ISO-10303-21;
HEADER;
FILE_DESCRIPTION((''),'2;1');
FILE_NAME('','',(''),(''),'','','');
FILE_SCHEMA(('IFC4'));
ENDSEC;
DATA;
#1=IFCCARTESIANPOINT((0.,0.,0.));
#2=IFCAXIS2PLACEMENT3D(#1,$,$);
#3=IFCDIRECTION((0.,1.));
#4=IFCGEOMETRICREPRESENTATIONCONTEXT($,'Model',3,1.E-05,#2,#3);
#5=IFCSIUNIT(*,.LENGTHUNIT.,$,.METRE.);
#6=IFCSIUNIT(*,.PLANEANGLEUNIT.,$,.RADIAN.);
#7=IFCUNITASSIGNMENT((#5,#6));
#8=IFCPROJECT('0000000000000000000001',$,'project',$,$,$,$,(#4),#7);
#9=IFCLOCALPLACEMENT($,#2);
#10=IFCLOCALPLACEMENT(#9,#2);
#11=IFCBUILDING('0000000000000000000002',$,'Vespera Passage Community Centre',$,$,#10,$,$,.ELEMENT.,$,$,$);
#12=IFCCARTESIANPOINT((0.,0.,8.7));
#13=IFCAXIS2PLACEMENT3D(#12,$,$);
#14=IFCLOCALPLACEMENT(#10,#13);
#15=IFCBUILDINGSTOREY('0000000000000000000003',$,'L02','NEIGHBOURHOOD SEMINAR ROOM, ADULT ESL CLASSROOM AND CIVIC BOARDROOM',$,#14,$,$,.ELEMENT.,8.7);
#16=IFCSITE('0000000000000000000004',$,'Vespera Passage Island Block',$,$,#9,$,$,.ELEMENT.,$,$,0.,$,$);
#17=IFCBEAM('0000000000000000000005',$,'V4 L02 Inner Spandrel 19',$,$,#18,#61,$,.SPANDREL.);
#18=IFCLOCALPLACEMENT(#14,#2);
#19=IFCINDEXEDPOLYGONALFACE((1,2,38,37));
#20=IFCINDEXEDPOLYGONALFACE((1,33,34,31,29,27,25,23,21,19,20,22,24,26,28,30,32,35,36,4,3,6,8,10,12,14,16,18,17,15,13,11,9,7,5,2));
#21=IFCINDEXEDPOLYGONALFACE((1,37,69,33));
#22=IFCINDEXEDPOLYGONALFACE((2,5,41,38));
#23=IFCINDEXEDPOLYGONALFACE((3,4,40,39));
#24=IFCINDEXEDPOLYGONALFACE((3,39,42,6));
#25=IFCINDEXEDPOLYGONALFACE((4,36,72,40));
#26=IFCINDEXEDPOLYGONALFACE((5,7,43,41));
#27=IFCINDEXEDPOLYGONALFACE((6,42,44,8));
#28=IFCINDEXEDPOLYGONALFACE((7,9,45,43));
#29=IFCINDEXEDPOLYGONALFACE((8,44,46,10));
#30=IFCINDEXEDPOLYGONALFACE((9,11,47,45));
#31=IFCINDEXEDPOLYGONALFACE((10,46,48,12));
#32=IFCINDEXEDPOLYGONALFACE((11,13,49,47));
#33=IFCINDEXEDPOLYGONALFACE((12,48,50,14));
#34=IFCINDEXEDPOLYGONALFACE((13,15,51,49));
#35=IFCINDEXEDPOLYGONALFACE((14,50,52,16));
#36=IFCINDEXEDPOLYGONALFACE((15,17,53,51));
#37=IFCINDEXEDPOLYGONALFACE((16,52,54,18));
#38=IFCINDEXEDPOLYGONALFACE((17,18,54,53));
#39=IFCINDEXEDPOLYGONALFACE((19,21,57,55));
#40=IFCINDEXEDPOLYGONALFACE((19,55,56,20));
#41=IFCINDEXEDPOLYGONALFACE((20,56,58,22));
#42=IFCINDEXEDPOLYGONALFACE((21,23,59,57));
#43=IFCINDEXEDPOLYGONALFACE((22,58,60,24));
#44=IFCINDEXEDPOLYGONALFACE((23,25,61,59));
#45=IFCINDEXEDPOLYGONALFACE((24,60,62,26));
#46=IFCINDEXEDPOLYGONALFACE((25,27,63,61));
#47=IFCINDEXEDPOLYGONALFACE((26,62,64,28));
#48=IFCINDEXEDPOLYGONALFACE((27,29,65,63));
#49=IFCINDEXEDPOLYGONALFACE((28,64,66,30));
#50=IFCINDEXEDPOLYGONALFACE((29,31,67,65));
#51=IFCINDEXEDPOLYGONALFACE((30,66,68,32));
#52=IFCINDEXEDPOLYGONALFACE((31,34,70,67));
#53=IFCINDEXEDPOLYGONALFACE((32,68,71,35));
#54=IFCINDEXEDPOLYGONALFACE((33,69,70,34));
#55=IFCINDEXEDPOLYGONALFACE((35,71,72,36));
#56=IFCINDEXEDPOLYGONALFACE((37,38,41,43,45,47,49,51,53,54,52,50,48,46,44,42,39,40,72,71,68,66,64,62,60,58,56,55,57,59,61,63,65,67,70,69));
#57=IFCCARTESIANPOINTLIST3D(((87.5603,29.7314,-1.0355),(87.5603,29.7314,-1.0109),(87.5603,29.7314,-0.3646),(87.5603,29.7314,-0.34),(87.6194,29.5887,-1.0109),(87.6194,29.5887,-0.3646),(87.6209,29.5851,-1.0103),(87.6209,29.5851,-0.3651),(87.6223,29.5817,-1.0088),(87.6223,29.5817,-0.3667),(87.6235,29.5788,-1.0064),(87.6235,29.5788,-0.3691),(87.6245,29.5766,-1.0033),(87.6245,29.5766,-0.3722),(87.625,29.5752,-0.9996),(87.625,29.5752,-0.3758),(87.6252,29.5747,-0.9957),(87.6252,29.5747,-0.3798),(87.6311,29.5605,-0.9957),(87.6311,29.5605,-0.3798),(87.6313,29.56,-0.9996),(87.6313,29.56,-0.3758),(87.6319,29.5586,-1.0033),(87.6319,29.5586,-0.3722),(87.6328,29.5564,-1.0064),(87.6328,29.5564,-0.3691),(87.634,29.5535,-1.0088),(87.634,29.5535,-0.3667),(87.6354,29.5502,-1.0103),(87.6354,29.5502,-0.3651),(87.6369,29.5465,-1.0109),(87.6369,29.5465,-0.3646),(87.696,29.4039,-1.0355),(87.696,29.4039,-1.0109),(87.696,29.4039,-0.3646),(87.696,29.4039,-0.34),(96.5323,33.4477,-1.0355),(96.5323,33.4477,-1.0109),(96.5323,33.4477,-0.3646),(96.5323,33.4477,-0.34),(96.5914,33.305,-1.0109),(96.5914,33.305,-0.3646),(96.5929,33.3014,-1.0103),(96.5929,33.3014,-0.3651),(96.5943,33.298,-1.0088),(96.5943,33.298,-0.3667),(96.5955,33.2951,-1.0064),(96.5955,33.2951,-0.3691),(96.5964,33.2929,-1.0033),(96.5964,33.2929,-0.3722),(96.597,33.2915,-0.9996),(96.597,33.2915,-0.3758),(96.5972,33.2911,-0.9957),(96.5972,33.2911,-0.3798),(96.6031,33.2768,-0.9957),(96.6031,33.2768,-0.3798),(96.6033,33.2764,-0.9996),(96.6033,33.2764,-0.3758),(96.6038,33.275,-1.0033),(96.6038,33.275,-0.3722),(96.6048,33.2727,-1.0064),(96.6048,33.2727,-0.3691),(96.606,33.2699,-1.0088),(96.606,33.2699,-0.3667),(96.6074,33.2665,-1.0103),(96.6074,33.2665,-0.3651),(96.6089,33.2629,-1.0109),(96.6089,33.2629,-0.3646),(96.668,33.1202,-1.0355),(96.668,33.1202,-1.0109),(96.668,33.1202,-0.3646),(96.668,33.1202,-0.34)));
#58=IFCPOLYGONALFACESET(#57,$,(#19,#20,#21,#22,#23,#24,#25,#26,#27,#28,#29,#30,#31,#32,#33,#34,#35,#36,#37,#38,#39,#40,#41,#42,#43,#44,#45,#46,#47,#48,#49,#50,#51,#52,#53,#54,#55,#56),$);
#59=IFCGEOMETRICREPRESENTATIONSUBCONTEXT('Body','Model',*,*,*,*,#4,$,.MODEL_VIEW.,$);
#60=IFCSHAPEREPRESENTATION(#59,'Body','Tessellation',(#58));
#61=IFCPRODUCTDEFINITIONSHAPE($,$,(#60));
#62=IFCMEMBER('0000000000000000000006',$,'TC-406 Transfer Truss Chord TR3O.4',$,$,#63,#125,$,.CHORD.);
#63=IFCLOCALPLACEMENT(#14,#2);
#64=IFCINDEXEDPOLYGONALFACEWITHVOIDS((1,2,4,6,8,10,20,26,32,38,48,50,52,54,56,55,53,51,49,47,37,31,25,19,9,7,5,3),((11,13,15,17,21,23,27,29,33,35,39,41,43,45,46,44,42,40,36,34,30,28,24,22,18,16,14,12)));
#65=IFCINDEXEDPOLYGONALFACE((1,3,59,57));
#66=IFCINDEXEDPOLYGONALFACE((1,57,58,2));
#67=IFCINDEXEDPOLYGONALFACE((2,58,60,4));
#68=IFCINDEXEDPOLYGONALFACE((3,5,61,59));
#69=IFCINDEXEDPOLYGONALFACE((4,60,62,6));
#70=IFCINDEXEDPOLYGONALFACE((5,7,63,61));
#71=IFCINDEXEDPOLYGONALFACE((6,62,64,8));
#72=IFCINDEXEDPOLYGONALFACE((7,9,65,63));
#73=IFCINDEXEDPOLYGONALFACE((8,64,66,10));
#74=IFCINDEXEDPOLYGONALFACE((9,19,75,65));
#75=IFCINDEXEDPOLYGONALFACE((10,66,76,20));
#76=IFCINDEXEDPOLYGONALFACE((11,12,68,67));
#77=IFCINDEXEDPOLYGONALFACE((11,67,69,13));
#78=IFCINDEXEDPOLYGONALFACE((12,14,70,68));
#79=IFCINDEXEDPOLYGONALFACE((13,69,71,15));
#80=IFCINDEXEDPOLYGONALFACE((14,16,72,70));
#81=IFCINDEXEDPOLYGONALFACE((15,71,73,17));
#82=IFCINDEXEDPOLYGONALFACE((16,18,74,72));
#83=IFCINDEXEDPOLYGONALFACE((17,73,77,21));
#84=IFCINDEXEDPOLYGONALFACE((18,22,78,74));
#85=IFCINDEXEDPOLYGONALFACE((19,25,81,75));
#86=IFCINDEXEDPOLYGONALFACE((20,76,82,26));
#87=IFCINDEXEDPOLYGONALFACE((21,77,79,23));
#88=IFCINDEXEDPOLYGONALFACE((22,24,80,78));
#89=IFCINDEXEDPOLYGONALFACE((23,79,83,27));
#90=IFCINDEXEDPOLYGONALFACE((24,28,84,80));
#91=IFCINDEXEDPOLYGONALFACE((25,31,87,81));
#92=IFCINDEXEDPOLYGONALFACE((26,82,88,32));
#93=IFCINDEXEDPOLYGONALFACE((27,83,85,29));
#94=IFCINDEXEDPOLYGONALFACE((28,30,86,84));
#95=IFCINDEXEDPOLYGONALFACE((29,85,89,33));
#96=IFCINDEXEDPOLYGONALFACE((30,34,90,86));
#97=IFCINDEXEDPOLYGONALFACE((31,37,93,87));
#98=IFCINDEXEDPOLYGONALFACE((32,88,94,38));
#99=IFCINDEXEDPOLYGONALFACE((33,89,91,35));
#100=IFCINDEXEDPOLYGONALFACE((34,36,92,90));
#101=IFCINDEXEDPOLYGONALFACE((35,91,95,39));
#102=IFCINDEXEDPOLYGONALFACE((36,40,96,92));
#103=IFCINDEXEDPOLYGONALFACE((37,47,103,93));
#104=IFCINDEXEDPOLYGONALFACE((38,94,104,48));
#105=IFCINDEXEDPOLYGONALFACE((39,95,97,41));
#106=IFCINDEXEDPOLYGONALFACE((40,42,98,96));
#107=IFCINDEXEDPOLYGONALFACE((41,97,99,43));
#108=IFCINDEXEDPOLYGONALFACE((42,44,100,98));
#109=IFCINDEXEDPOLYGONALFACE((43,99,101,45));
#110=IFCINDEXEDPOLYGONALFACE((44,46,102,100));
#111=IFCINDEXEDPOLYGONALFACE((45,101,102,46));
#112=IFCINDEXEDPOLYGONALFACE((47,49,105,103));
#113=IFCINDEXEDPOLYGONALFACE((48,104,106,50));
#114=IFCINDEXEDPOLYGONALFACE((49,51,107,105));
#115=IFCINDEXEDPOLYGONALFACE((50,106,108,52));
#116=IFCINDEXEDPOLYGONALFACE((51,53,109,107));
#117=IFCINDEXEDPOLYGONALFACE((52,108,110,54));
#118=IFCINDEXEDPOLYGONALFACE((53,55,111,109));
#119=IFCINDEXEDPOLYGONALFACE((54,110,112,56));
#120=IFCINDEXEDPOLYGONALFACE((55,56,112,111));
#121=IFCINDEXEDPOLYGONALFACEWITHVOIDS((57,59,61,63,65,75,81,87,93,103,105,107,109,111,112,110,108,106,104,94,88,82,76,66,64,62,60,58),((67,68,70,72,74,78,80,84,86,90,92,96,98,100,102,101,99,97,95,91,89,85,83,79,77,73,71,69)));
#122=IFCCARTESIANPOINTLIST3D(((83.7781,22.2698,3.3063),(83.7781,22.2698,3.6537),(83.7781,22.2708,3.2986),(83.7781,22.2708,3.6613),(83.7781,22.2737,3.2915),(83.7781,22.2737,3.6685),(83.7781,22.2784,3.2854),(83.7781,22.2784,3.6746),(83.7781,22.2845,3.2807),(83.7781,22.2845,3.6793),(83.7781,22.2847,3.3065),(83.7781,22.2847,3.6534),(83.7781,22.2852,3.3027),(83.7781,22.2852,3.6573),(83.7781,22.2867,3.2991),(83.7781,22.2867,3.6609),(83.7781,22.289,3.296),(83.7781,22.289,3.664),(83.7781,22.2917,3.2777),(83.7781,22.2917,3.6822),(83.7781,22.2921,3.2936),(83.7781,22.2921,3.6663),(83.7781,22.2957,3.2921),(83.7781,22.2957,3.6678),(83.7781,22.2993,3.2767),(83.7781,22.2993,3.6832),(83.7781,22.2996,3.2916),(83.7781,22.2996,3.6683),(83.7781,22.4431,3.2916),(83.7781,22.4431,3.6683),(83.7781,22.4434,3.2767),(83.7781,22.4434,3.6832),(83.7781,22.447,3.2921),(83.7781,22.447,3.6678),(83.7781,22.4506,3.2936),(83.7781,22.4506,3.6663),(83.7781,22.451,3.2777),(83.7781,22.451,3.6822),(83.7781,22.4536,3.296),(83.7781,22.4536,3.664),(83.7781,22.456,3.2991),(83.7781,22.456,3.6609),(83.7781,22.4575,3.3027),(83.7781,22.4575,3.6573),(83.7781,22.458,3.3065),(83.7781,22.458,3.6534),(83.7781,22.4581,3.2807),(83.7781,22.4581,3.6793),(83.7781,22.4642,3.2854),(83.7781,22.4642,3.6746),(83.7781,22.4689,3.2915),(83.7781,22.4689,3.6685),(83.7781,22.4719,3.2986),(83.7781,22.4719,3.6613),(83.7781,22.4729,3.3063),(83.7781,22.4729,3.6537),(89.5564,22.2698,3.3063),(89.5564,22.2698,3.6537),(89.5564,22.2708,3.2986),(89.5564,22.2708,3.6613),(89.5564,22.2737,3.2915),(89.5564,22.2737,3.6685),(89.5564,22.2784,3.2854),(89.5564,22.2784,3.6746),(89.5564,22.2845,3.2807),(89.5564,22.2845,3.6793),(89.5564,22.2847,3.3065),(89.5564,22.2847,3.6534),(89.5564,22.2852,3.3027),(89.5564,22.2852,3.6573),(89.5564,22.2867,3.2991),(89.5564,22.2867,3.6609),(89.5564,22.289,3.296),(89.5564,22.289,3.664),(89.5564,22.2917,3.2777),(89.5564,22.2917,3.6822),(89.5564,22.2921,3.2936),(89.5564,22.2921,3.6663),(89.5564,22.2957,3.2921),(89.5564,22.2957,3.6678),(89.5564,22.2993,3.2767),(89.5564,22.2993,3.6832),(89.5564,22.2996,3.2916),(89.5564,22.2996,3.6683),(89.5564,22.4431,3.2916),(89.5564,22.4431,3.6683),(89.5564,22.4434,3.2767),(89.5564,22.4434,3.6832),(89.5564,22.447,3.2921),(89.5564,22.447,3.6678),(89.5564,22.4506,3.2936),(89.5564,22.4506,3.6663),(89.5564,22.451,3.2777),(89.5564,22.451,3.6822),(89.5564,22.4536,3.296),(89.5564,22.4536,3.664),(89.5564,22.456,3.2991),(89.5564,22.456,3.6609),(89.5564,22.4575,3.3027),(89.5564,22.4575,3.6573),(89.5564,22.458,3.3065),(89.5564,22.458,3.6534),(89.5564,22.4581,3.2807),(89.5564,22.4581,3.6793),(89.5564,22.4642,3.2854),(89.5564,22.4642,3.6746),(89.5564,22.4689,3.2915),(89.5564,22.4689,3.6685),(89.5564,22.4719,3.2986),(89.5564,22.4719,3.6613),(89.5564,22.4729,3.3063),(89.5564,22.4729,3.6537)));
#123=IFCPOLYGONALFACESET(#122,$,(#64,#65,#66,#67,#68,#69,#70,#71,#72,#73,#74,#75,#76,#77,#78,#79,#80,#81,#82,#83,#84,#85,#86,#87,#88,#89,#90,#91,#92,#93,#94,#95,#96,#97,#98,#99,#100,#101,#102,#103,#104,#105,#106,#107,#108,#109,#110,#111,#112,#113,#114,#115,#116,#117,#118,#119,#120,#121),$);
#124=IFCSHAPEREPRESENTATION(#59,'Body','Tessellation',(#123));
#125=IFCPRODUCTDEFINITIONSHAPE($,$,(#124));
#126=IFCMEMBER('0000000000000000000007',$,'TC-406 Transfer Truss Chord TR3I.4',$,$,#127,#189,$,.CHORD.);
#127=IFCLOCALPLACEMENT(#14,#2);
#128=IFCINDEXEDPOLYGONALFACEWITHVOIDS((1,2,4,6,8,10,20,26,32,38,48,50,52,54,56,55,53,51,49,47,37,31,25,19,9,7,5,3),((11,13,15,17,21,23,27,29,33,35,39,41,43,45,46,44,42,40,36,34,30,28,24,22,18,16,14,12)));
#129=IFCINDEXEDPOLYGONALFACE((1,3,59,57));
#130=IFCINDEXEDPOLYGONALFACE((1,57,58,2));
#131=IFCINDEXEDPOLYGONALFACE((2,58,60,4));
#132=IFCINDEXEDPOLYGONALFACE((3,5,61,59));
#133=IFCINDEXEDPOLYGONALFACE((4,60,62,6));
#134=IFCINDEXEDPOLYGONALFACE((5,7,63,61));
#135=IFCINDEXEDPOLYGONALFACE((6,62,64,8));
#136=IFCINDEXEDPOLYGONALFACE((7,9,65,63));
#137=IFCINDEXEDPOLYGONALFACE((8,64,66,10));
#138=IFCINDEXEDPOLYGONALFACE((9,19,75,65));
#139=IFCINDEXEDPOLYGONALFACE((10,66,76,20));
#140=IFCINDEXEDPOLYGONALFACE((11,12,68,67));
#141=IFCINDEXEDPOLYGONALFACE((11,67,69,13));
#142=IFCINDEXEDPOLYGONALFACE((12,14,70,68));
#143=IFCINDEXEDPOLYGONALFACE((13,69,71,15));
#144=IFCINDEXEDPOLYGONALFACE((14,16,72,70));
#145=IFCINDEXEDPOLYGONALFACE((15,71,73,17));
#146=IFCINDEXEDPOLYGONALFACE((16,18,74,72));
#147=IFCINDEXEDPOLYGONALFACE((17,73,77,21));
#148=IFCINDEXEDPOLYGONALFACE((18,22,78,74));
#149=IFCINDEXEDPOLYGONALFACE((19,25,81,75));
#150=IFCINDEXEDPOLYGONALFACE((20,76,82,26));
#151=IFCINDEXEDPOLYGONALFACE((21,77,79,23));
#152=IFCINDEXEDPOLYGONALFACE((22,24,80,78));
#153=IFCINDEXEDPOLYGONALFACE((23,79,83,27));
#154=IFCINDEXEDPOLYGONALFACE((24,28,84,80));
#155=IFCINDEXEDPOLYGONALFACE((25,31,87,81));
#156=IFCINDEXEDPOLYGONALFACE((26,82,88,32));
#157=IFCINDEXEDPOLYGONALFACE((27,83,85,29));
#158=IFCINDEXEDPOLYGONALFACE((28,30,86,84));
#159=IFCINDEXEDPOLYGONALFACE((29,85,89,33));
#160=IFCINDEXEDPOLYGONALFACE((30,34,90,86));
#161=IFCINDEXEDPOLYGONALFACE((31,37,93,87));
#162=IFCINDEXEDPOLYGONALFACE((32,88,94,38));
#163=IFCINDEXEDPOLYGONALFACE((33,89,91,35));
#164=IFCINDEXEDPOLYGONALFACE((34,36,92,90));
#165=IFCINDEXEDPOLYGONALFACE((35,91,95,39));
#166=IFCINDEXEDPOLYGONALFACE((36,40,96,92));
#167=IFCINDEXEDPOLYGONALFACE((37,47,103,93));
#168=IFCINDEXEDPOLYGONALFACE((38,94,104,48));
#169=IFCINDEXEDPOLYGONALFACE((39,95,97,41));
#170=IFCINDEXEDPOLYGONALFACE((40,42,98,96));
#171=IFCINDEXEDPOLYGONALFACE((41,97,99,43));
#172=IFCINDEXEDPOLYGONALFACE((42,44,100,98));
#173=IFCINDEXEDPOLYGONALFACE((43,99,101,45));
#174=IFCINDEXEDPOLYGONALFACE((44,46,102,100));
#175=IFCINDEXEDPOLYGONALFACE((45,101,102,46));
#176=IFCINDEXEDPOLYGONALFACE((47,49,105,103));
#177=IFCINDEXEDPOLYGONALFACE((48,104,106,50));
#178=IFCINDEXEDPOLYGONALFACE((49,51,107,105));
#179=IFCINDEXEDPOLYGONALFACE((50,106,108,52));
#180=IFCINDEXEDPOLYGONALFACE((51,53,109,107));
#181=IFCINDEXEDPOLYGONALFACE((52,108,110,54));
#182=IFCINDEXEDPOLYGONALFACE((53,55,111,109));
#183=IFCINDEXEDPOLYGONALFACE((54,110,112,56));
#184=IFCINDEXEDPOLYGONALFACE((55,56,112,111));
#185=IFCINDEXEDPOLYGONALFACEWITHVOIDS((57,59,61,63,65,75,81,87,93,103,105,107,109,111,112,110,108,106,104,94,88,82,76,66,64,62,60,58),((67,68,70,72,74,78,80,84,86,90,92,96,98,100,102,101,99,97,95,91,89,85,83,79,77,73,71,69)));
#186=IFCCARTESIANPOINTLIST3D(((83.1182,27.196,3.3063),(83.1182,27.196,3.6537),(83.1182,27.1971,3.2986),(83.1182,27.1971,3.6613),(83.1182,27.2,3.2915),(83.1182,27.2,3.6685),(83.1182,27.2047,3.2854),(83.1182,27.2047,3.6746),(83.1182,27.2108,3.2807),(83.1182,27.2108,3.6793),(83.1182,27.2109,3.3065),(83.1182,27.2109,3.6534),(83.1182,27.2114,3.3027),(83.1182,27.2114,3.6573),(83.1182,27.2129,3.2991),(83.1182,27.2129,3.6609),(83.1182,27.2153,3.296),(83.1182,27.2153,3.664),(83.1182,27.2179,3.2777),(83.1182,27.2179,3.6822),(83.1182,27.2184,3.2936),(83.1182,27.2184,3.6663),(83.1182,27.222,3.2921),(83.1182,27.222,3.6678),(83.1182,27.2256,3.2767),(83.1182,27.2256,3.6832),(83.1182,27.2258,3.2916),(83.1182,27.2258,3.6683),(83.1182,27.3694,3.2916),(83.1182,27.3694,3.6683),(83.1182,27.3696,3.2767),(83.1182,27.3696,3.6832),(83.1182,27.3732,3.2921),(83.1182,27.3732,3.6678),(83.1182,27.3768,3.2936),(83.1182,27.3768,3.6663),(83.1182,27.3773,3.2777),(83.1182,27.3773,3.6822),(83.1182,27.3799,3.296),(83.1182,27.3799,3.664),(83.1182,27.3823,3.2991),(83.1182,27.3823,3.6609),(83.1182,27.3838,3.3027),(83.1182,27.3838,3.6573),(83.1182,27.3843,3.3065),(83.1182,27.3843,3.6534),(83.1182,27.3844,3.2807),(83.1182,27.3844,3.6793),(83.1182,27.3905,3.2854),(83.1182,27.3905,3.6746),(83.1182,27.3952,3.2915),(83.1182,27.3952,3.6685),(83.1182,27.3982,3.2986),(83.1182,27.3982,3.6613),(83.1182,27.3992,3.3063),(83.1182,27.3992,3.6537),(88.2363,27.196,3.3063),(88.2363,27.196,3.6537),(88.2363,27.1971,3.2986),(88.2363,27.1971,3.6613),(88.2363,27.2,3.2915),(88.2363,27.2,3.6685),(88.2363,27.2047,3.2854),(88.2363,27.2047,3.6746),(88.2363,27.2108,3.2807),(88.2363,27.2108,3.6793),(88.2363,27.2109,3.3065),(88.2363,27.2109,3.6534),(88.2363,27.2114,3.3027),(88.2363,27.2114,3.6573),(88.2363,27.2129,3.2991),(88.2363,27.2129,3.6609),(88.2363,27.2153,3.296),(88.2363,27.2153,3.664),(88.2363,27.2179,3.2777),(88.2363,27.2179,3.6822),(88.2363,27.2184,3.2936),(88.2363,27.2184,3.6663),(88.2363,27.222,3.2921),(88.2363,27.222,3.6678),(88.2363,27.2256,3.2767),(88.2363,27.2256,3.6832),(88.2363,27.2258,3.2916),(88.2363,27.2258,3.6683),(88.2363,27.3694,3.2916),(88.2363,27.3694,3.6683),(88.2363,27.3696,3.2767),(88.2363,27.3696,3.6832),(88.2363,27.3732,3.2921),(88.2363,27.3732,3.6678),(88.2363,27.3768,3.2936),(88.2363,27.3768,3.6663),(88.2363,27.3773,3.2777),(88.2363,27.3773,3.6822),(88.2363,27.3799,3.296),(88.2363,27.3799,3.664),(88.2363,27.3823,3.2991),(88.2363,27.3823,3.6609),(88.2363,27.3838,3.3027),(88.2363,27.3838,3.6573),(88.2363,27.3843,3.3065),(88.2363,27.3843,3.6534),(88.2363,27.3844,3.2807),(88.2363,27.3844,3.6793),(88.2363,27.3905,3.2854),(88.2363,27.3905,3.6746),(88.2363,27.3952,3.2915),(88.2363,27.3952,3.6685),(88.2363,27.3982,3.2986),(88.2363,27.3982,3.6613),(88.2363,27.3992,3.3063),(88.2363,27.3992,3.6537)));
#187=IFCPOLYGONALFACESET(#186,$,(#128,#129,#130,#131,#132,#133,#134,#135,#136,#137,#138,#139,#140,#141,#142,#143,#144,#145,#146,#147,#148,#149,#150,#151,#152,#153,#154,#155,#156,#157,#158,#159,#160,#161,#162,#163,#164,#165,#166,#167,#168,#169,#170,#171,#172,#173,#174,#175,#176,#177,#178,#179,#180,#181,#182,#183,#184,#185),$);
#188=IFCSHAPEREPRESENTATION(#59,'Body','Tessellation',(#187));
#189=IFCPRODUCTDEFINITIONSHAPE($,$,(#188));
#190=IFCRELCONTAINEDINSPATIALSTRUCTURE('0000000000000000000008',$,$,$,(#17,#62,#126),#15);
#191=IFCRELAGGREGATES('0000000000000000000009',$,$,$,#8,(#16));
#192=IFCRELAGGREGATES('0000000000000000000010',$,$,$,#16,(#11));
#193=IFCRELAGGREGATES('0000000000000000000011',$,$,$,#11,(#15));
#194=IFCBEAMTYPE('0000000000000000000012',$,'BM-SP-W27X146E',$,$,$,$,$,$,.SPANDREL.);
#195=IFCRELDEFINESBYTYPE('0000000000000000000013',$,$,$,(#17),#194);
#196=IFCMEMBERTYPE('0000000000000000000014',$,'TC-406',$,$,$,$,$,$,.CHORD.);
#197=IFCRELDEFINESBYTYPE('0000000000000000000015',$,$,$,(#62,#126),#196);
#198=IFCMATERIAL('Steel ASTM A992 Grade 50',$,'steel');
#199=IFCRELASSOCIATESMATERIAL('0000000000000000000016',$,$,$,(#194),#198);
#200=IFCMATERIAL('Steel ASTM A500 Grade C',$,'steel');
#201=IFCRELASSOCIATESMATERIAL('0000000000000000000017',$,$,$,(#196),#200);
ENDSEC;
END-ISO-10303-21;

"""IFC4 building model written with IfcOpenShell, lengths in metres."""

from ifc_helpers import new_model, si_unit, direction, frame, origin, origin_2d, place, context, subcontext, project, spatial, hollow_rectangle, i_section, extrude, material, material_profile, profile_set, type_object, element, save


model = new_model("IFC4")

# Units and contexts
model_context = context("Model", 3, precision=1e-05, world=origin(), true_north=direction((0.0, 1.0)))
body_context = subcontext(model_context, "Body", "Model", "MODEL_VIEW")
ifc_project = project(units=[si_unit("LENGTHUNIT", "METRE"), si_unit("PLANEANGLEUNIT", "RADIAN")], contexts=[model_context])

# Site, building, storey
site_placement = place(None, origin())
site = spatial("IfcSite", under=ifc_project, at=site_placement, Name="Vespera Passage Island Block", CompositionType="ELEMENT", RefElevation=0.0)
building_placement = place(site_placement, origin())
building = spatial("IfcBuilding", under=site, at=building_placement, Name="Vespera Passage Community Centre", CompositionType="ELEMENT")
storey_placement = place(building_placement, frame((0.0, 0.0, 8.7)))
storey = spatial("IfcBuildingStorey", under=building, at=storey_placement, Name="L02", Description="NEIGHBOURHOOD SEMINAR ROOM, ADULT ESL CLASSROOM AND CIVIC BOARDROOM", CompositionType="ELEMENT", Elevation=8.7)

# Beam
ifc_material_1 = material(Name="Steel ASTM A992 Grade 50", Category="steel")
ifc_material_profile_1 = material_profile(ifc_material_1, i_section(OverallWidth=0.3545, OverallDepth=0.6956, WebThickness=0.0154, FlangeThickness=0.0247, FilletRadius=0.0151, at=origin_2d()), Name="W27X146")
ifc_profile_set_1 = profile_set([ifc_material_profile_1], Name="Steel ASTM A992 Grade 50")
beam_type_1 = type_object("IfcBeamType", Name="BM-SP-W27X146E", PredefinedType="SPANDREL", material=ifc_profile_set_1)
for number, where, z_axis, x_axis, name in (
    (1, (87.6282, 29.5676, -0.6877), (0.923879, 0.382685, 0.0), (-0.382685, 0.923879, 0.0), "V4 L02 Inner Spandrel 19"),
):
    element("IfcBeam", number, at=place(storey_placement, frame(where, z_axis=z_axis, x_axis=x_axis)), inside=storey, type_object=beam_type_1, Name=name, PredefinedType="SPANDREL", context=body_context, shape_type="SweptSolid", body=[
        extrude(i_section(OverallWidth=0.3545, OverallDepth=0.6956, WebThickness=0.0154, FlangeThickness=0.0247, FilletRadius=0.0151, at=origin_2d()), origin(), (0.0, 0.0, 1.0), 9.7112),
    ])

# Members
ifc_material_2 = material(Name="Steel ASTM A500 Grade C", Category="steel")
ifc_material_profile_2 = material_profile(ifc_material_2, hollow_rectangle(XDim=0.2031, YDim=0.4065, WallThickness=0.0149, InnerFilletRadius=0.0149, OuterFilletRadius=0.0295, at=origin_2d()), Name="HSS406X203X15.9")
ifc_profile_set_2 = profile_set([ifc_material_profile_2], Name="Steel ASTM A500 Grade C")
member_type_1 = type_object("IfcMemberType", Name="TC-406", PredefinedType="CHORD", material=ifc_profile_set_2)
member_1_placement = place(storey_placement, frame((83.7781, 22.3713, 3.48), z_axis=(1.0, 0.0, 0.0), x_axis=(0.0, 1.0, 0.0)))
element("IfcMember", 2, at=member_1_placement, inside=storey, type_object=member_type_1, Name="TC-406 Transfer Truss Chord TR3O.4", PredefinedType="CHORD", context=body_context, shape_type="SweptSolid", body=[
    extrude(hollow_rectangle(XDim=0.2031, YDim=0.4065, WallThickness=0.0149, InnerFilletRadius=0.0149, OuterFilletRadius=0.0295, at=origin_2d()), origin(), (0.0, 0.0, 1.0), 5.7783),
])
member_2_placement = place(storey_placement, frame((83.1182, 27.2976, 3.48), z_axis=(1.0, 0.0, 0.0), x_axis=(0.0, 1.0, 0.0)))
element("IfcMember", 3, at=member_2_placement, inside=storey, type_object=member_type_1, Name="TC-406 Transfer Truss Chord TR3I.4", PredefinedType="CHORD", context=body_context, shape_type="SweptSolid", body=[
    extrude(hollow_rectangle(XDim=0.2031, YDim=0.4065, WallThickness=0.0149, InnerFilletRadius=0.0149, OuterFilletRadius=0.0295, at=origin_2d()), origin(), (0.0, 0.0, 1.0), 5.1182),
])

save(model, "model.ifc")
